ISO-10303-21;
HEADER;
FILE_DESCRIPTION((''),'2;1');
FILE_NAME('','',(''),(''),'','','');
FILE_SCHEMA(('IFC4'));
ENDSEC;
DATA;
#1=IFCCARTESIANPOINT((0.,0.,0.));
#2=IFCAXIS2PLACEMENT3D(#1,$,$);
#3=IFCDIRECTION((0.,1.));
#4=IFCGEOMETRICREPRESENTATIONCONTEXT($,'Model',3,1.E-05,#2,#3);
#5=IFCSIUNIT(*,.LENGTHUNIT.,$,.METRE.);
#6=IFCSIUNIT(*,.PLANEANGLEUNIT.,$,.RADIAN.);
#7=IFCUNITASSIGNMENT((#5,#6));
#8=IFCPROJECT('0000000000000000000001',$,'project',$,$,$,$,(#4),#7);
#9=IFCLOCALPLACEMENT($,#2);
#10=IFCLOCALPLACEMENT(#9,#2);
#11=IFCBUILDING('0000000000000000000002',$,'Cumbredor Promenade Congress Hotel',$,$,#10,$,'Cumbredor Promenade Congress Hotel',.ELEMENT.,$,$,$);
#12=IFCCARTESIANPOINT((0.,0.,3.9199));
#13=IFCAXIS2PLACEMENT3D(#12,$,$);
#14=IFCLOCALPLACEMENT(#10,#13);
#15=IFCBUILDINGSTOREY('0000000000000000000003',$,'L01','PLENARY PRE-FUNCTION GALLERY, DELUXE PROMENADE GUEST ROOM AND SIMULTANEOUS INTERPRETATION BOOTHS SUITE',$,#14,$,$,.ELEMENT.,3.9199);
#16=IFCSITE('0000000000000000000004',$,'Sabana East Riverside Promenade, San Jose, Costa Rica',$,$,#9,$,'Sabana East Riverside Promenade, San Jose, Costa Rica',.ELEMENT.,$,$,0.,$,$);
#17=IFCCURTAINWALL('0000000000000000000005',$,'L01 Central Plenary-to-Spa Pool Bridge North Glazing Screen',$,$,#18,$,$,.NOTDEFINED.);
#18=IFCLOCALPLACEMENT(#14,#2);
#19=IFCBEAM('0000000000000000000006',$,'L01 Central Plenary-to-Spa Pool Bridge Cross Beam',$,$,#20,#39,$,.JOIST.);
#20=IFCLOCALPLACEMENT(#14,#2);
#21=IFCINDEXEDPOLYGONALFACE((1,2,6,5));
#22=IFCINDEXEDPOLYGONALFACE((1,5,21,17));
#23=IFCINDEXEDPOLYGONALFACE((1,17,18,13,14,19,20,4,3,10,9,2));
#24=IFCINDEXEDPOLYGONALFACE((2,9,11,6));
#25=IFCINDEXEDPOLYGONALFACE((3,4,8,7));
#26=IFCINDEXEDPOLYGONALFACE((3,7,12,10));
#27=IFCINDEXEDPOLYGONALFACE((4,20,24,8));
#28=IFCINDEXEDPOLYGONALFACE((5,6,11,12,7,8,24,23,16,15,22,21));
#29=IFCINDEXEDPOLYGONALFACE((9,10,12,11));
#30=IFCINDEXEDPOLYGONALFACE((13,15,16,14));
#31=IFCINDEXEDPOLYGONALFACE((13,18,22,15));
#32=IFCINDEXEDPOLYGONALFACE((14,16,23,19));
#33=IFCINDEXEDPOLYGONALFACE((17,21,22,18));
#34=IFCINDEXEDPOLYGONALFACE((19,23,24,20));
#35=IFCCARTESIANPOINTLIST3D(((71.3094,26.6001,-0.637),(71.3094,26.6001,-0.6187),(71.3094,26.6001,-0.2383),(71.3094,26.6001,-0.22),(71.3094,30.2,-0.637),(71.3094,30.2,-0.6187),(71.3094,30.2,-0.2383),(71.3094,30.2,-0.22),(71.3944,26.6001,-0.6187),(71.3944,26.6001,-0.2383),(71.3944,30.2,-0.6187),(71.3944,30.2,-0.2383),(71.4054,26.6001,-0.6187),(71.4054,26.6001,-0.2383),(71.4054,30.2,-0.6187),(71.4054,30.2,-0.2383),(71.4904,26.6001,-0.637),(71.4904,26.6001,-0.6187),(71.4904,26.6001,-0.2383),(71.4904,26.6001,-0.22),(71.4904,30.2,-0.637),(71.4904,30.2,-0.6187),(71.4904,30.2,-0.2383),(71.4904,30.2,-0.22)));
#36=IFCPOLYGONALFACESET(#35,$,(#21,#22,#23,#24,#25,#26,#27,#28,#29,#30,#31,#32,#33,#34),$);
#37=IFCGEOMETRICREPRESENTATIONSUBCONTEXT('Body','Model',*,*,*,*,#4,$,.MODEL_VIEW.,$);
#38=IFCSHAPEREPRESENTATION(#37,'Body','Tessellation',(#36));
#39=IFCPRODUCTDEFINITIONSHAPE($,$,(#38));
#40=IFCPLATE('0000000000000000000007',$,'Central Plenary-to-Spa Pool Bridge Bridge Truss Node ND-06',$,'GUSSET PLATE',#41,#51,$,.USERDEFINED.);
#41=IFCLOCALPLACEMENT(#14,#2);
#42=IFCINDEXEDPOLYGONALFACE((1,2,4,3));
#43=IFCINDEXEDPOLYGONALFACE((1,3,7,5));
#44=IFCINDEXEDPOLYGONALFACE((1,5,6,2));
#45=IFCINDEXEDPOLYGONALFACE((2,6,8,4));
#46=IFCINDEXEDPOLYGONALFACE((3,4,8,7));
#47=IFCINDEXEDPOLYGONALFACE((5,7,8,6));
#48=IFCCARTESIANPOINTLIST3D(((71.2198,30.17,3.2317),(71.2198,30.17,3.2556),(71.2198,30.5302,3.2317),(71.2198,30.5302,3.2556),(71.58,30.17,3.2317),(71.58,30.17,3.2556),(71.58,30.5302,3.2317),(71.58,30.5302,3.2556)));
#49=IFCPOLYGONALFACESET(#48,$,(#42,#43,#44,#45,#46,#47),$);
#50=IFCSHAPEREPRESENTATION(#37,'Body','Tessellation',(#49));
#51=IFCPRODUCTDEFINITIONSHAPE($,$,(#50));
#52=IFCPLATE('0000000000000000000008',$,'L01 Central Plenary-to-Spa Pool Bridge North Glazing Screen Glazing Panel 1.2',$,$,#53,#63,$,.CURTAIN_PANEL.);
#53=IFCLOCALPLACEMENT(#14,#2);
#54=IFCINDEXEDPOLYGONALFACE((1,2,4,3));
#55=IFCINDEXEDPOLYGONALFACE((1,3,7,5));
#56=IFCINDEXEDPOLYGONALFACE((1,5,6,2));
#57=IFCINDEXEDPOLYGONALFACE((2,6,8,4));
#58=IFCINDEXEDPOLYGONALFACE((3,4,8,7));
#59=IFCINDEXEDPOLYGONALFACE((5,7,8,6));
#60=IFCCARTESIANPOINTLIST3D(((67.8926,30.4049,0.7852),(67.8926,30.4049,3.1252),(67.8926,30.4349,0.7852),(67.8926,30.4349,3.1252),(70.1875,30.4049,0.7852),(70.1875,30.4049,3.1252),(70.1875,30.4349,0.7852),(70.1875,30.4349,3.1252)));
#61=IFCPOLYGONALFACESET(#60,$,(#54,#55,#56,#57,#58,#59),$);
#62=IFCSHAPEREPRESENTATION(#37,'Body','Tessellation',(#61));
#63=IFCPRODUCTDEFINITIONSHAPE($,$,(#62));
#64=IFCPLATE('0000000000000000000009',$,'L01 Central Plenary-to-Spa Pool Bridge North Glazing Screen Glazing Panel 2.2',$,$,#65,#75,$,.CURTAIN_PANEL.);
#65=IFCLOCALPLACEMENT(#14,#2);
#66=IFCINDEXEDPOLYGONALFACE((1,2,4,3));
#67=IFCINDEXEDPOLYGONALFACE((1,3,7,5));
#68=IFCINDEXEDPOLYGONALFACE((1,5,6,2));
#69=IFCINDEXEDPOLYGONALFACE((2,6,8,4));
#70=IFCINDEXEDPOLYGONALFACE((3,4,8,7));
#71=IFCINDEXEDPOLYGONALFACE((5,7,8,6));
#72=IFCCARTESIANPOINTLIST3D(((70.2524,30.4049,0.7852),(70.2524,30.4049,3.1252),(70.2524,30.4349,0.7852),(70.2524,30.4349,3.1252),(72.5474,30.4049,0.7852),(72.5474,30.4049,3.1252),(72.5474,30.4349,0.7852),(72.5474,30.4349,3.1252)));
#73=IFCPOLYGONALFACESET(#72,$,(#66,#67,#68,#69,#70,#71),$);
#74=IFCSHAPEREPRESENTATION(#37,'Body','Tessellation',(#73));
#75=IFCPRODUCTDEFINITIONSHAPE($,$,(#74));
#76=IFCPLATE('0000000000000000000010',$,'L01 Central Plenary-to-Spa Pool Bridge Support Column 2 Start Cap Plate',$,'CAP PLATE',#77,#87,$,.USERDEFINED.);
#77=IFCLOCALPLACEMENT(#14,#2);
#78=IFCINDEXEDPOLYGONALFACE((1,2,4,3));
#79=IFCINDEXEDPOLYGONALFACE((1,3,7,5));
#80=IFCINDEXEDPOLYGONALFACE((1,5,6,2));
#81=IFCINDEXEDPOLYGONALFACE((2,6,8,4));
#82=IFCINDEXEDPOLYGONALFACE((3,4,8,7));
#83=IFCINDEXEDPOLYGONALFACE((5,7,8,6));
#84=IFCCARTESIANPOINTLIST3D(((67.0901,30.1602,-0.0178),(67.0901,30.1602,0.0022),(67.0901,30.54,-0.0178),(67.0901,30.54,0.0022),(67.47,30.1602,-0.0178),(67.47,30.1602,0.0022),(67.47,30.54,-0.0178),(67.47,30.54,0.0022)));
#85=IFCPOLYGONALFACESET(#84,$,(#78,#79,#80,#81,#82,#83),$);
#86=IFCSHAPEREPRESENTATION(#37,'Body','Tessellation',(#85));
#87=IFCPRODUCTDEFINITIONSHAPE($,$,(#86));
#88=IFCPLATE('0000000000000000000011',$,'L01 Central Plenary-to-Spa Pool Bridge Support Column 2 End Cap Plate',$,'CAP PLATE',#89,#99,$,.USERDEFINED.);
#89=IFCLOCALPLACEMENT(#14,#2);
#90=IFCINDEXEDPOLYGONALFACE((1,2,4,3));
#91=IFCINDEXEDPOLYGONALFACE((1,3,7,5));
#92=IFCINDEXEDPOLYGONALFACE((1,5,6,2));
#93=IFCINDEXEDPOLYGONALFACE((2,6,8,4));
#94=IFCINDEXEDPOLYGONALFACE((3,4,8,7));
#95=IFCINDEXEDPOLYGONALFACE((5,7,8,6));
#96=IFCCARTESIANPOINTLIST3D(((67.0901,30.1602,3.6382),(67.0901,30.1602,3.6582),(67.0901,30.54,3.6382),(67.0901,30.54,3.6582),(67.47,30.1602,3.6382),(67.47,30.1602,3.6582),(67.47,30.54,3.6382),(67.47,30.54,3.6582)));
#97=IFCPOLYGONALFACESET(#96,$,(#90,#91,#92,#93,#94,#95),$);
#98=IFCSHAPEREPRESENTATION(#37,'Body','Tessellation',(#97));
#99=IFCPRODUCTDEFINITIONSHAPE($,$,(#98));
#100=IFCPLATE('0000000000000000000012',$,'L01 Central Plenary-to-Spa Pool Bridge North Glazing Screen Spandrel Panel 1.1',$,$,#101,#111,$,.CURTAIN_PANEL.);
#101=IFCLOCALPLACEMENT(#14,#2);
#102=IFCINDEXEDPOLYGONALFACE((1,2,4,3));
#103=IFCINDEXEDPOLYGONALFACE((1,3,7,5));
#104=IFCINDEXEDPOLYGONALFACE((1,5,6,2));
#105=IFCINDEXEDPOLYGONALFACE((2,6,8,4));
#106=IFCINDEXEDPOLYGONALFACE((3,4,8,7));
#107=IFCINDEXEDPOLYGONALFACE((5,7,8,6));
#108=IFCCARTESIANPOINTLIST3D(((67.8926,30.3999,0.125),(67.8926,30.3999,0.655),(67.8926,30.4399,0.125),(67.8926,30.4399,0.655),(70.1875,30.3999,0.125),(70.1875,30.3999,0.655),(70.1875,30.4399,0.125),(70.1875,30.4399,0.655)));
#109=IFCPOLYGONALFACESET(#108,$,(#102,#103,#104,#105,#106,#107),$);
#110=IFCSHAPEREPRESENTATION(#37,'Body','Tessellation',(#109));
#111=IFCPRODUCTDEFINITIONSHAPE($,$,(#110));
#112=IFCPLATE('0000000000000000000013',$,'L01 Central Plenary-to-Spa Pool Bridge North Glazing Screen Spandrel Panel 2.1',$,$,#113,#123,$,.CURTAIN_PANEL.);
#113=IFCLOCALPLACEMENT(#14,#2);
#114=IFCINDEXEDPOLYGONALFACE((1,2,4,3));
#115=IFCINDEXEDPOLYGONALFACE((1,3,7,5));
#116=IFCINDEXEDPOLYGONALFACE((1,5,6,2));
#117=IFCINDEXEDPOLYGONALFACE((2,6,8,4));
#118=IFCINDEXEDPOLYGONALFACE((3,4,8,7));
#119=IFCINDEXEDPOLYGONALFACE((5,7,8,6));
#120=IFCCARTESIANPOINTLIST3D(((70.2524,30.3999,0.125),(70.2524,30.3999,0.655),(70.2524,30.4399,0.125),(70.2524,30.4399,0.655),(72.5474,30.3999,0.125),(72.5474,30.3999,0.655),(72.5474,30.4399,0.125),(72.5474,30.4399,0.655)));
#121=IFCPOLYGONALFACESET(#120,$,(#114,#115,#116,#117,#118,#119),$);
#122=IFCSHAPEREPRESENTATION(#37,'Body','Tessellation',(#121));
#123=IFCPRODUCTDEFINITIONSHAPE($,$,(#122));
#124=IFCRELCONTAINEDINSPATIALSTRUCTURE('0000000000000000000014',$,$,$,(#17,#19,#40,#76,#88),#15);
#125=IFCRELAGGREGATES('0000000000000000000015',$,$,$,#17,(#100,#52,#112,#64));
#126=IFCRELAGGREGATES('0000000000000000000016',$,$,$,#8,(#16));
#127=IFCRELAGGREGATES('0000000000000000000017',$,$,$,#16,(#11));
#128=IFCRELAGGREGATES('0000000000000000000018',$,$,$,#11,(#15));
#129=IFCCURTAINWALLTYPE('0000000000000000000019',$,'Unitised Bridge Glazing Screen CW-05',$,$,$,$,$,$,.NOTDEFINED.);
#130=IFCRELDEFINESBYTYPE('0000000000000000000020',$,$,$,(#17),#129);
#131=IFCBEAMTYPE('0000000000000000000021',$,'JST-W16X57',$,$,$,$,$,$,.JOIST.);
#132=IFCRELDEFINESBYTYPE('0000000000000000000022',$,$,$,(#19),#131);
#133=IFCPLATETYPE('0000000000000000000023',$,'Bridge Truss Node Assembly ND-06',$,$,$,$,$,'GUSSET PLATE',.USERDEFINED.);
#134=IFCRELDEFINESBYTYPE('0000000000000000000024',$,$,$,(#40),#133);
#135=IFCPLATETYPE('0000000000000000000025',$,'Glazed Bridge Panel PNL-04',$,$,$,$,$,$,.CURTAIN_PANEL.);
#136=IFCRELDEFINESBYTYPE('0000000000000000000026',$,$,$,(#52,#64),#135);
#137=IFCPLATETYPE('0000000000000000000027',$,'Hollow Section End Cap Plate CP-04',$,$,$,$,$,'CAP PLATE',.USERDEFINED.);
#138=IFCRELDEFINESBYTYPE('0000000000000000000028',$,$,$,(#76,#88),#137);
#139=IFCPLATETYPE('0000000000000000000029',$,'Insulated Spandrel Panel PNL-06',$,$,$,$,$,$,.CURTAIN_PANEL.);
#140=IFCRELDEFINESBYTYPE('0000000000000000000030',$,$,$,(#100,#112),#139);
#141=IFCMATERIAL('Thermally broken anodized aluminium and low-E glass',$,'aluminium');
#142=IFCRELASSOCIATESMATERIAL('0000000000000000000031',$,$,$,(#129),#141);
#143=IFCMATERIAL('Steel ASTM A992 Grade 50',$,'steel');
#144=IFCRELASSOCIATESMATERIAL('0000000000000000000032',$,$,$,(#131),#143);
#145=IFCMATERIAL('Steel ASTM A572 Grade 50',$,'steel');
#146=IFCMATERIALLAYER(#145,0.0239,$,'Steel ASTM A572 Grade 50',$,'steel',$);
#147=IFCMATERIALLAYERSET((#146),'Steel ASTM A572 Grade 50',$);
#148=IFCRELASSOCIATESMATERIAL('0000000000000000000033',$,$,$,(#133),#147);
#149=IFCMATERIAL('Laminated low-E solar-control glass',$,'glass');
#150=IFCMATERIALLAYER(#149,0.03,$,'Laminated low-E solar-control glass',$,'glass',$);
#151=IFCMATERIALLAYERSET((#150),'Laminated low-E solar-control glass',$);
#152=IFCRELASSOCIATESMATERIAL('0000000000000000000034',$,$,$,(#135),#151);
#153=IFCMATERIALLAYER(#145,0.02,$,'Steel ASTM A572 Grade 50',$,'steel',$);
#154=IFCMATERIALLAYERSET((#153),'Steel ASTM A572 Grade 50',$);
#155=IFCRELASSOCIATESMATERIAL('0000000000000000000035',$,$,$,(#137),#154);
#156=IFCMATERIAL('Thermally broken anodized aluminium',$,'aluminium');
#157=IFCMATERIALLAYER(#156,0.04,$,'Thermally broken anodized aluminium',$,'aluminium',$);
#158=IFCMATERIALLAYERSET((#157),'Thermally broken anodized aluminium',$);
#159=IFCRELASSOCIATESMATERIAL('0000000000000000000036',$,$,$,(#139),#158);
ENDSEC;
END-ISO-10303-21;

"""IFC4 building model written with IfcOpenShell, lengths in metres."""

from ifc_helpers import new_model, si_unit, direction, frame, origin, origin_2d, place, context, subcontext, project, spatial, rectangle, i_section, extrude, material, layer, layer_set, material_profile, profile_set, type_object, element, aggregate, save


model = new_model("IFC4")

# Units and contexts
model_context = context("Model", 3, precision=1e-05, world=origin(), true_north=direction((0.0, 1.0)))
body_context = subcontext(model_context, "Body", "Model", "MODEL_VIEW")
ifc_project = project(units=[si_unit("LENGTHUNIT", "METRE"), si_unit("PLANEANGLEUNIT", "RADIAN")], contexts=[model_context])

# Site, building, storey
site_placement = place(None, origin())
site = spatial("IfcSite", under=ifc_project, at=site_placement, Name="Sabana East Riverside Promenade, San Jose, Costa Rica", LongName="Sabana East Riverside Promenade, San Jose, Costa Rica", CompositionType="ELEMENT", RefElevation=0.0)
building_placement = place(site_placement, origin())
building = spatial("IfcBuilding", under=site, at=building_placement, Name="Cumbredor Promenade Congress Hotel", LongName="Cumbredor Promenade Congress Hotel", CompositionType="ELEMENT")
storey_placement = place(building_placement, frame((0.0, 0.0, 3.9199)))
storey = spatial("IfcBuildingStorey", under=building, at=storey_placement, Name="L01", Description="PLENARY PRE-FUNCTION GALLERY, DELUXE PROMENADE GUEST ROOM AND SIMULTANEOUS INTERPRETATION BOOTHS SUITE", CompositionType="ELEMENT", Elevation=3.9199)

# Curtain wall
ifc_material_1 = material(Name="Thermally broken anodized aluminium and low-E glass", Category="aluminium")
curtain_wall_type = type_object("IfcCurtainWallType", Name="Unitised Bridge Glazing Screen CW-05", PredefinedType="NOTDEFINED", material=ifc_material_1)
curtain_wall_placement = place(storey_placement, origin())
curtain_wall = element("IfcCurtainWall", 1, at=curtain_wall_placement, inside=storey, type_object=curtain_wall_type, Name="L01 Central Plenary-to-Spa Pool Bridge North Glazing Screen", PredefinedType="NOTDEFINED")
ifc_material_2 = material(Name="Thermally broken anodized aluminium", Category="aluminium")

# Beam
ifc_material_3 = material(Name="Steel ASTM A992 Grade 50", Category="steel")
ifc_material_profile_1 = material_profile(ifc_material_3, i_section(OverallWidth=0.1809, OverallDepth=0.417, WebThickness=0.011, FlangeThickness=0.0183, at=origin_2d()), Name="W16X57")
ifc_profile_set_1 = profile_set([ifc_material_profile_1], Name="Steel ASTM A992 Grade 50")
beam_type_1 = type_object("IfcBeamType", Name="JST-W16X57", PredefinedType="JOIST", material=ifc_profile_set_1)
beam_1_placement = place(storey_placement, frame((71.3999, 26.6001, -0.4285), z_axis=(0.0, 1.0, 0.0), x_axis=(-1.0, 0.0, 0.0)))
element("IfcBeam", 2, at=beam_1_placement, inside=storey, type_object=beam_type_1, Name="L01 Central Plenary-to-Spa Pool Bridge Cross Beam", PredefinedType="JOIST", context=body_context, shape_type="SweptSolid", body=[
    extrude(i_section(OverallWidth=0.1809, OverallDepth=0.417, WebThickness=0.011, FlangeThickness=0.0183, at=origin_2d()), origin(), (0.0, 0.0, 1.0), 3.5999),
])

# Plates
ifc_material_4 = material(Name="Steel ASTM A572 Grade 50", Category="steel")
ifc_layer_1 = layer(ifc_material_4, 0.0239, Name="Steel ASTM A572 Grade 50", Category="steel")
ifc_layer_set_1 = layer_set([ifc_layer_1], Name="Steel ASTM A572 Grade 50")
plate_type_1 = type_object("IfcPlateType", Name="Bridge Truss Node Assembly ND-06", ElementType="GUSSET PLATE", PredefinedType="USERDEFINED", material=ifc_layer_set_1)
plate_1_placement = place(storey_placement, frame((71.3999, 30.3501, 3.2317), z_axis=(0.0, 0.0, 1.0), x_axis=(1.0, 0.0, 0.0)))
element("IfcPlate", 3, at=plate_1_placement, inside=storey, type_object=plate_type_1, Name="Central Plenary-to-Spa Pool Bridge Bridge Truss Node ND-06", ObjectType="GUSSET PLATE", PredefinedType="USERDEFINED", context=body_context, shape_type="SweptSolid", body=[
    extrude(rectangle(XDim=0.3601, YDim=0.3601, at=origin_2d()), origin(), (0.0, 0.0, 1.0), 0.0239),
])
ifc_material_5 = material(Name="Laminated low-E solar-control glass", Category="glass")
ifc_layer_2 = layer(ifc_material_5, 0.03, Name="Laminated low-E solar-control glass", Category="glass")
ifc_layer_set_2 = layer_set([ifc_layer_2], Name="Laminated low-E solar-control glass")
plate_type_2 = type_object("IfcPlateType", Name="Glazed Bridge Panel PNL-04", PredefinedType="CURTAIN_PANEL", material=ifc_layer_set_2)
plate_2_placement = place(storey_placement, frame((69.04, 30.4199, 0.7852), z_axis=(0.0, 0.0, 1.0), x_axis=(1.0, 0.0, 0.0)))
plate_2 = element("IfcPlate", 4, at=plate_2_placement, type_object=plate_type_2, Name="L01 Central Plenary-to-Spa Pool Bridge North Glazing Screen Glazing Panel 1.2", PredefinedType="CURTAIN_PANEL", context=body_context, shape_type="SweptSolid", body=[
    extrude(rectangle(XDim=2.2949, YDim=0.03, at=origin_2d()), origin(), (0.0, 0.0, 1.0), 2.3401),
])
plate_3_placement = place(storey_placement, frame((71.3999, 30.4199, 0.7852), z_axis=(0.0, 0.0, 1.0), x_axis=(1.0, 0.0, 0.0)))
plate_3 = element("IfcPlate", 5, at=plate_3_placement, type_object=plate_type_2, Name="L01 Central Plenary-to-Spa Pool Bridge North Glazing Screen Glazing Panel 2.2", PredefinedType="CURTAIN_PANEL", context=body_context, shape_type="SweptSolid", body=[
    extrude(rectangle(XDim=2.2949, YDim=0.03, at=origin_2d()), origin(), (0.0, 0.0, 1.0), 2.3401),
])

# Plates
ifc_layer_3 = layer(ifc_material_4, 0.02, Name="Steel ASTM A572 Grade 50", Category="steel")
ifc_layer_set_3 = layer_set([ifc_layer_3], Name="Steel ASTM A572 Grade 50")
plate_type_3 = type_object("IfcPlateType", Name="Hollow Section End Cap Plate CP-04", ElementType="CAP PLATE", PredefinedType="USERDEFINED", material=ifc_layer_set_3)
for number, where, z_axis, x_axis, name in (
    (6, (67.28, 30.3501, -0.0178), (0.0, 0.0, 1.0), (1.0, 0.0, 0.0), "L01 Central Plenary-to-Spa Pool Bridge Support Column 2 Start Cap Plate"),
    (7, (67.28, 30.3501, 3.6382), (0.0, 0.0, 1.0), (1.0, 0.0, 0.0), "L01 Central Plenary-to-Spa Pool Bridge Support Column 2 End Cap Plate"),
):
    element("IfcPlate", number, at=place(storey_placement, frame(where, z_axis=z_axis, x_axis=x_axis)), inside=storey, type_object=plate_type_3, Name=name, ObjectType="CAP PLATE", PredefinedType="USERDEFINED", context=body_context, shape_type="SweptSolid", body=[
        extrude(rectangle(XDim=0.3799, YDim=0.3799, at=origin_2d()), origin(), (0.0, 0.0, 1.0), 0.02),
    ])

# Plates
ifc_layer_4 = layer(ifc_material_2, 0.04, Name="Thermally broken anodized aluminium", Category="aluminium")
ifc_layer_set_4 = layer_set([ifc_layer_4], Name="Thermally broken anodized aluminium")
plate_type_4 = type_object("IfcPlateType", Name="Insulated Spandrel Panel PNL-06", PredefinedType="CURTAIN_PANEL", material=ifc_layer_set_4)
plate_4_placement = place(storey_placement, frame((69.04, 30.4199, 0.125), z_axis=(0.0, 0.0, 1.0), x_axis=(1.0, 0.0, 0.0)))
plate_4 = element("IfcPlate", 8, at=plate_4_placement, type_object=plate_type_4, Name="L01 Central Plenary-to-Spa Pool Bridge North Glazing Screen Spandrel Panel 1.1", PredefinedType="CURTAIN_PANEL", context=body_context, shape_type="SweptSolid", body=[
    extrude(rectangle(XDim=2.2949, YDim=0.04, at=origin_2d()), origin(), (0.0, 0.0, 1.0), 0.53),
])
plate_5_placement = place(storey_placement, frame((71.3999, 30.4199, 0.125), z_axis=(0.0, 0.0, 1.0), x_axis=(1.0, 0.0, 0.0)))
plate_5 = element("IfcPlate", 9, at=plate_5_placement, type_object=plate_type_4, Name="L01 Central Plenary-to-Spa Pool Bridge North Glazing Screen Spandrel Panel 2.1", PredefinedType="CURTAIN_PANEL", context=body_context, shape_type="SweptSolid", body=[
    extrude(rectangle(XDim=2.2949, YDim=0.04, at=origin_2d()), origin(), (0.0, 0.0, 1.0), 0.53),
])
aggregate(curtain_wall, [plate_4, plate_2, plate_5, plate_3])

save(model, "model.ifc")
